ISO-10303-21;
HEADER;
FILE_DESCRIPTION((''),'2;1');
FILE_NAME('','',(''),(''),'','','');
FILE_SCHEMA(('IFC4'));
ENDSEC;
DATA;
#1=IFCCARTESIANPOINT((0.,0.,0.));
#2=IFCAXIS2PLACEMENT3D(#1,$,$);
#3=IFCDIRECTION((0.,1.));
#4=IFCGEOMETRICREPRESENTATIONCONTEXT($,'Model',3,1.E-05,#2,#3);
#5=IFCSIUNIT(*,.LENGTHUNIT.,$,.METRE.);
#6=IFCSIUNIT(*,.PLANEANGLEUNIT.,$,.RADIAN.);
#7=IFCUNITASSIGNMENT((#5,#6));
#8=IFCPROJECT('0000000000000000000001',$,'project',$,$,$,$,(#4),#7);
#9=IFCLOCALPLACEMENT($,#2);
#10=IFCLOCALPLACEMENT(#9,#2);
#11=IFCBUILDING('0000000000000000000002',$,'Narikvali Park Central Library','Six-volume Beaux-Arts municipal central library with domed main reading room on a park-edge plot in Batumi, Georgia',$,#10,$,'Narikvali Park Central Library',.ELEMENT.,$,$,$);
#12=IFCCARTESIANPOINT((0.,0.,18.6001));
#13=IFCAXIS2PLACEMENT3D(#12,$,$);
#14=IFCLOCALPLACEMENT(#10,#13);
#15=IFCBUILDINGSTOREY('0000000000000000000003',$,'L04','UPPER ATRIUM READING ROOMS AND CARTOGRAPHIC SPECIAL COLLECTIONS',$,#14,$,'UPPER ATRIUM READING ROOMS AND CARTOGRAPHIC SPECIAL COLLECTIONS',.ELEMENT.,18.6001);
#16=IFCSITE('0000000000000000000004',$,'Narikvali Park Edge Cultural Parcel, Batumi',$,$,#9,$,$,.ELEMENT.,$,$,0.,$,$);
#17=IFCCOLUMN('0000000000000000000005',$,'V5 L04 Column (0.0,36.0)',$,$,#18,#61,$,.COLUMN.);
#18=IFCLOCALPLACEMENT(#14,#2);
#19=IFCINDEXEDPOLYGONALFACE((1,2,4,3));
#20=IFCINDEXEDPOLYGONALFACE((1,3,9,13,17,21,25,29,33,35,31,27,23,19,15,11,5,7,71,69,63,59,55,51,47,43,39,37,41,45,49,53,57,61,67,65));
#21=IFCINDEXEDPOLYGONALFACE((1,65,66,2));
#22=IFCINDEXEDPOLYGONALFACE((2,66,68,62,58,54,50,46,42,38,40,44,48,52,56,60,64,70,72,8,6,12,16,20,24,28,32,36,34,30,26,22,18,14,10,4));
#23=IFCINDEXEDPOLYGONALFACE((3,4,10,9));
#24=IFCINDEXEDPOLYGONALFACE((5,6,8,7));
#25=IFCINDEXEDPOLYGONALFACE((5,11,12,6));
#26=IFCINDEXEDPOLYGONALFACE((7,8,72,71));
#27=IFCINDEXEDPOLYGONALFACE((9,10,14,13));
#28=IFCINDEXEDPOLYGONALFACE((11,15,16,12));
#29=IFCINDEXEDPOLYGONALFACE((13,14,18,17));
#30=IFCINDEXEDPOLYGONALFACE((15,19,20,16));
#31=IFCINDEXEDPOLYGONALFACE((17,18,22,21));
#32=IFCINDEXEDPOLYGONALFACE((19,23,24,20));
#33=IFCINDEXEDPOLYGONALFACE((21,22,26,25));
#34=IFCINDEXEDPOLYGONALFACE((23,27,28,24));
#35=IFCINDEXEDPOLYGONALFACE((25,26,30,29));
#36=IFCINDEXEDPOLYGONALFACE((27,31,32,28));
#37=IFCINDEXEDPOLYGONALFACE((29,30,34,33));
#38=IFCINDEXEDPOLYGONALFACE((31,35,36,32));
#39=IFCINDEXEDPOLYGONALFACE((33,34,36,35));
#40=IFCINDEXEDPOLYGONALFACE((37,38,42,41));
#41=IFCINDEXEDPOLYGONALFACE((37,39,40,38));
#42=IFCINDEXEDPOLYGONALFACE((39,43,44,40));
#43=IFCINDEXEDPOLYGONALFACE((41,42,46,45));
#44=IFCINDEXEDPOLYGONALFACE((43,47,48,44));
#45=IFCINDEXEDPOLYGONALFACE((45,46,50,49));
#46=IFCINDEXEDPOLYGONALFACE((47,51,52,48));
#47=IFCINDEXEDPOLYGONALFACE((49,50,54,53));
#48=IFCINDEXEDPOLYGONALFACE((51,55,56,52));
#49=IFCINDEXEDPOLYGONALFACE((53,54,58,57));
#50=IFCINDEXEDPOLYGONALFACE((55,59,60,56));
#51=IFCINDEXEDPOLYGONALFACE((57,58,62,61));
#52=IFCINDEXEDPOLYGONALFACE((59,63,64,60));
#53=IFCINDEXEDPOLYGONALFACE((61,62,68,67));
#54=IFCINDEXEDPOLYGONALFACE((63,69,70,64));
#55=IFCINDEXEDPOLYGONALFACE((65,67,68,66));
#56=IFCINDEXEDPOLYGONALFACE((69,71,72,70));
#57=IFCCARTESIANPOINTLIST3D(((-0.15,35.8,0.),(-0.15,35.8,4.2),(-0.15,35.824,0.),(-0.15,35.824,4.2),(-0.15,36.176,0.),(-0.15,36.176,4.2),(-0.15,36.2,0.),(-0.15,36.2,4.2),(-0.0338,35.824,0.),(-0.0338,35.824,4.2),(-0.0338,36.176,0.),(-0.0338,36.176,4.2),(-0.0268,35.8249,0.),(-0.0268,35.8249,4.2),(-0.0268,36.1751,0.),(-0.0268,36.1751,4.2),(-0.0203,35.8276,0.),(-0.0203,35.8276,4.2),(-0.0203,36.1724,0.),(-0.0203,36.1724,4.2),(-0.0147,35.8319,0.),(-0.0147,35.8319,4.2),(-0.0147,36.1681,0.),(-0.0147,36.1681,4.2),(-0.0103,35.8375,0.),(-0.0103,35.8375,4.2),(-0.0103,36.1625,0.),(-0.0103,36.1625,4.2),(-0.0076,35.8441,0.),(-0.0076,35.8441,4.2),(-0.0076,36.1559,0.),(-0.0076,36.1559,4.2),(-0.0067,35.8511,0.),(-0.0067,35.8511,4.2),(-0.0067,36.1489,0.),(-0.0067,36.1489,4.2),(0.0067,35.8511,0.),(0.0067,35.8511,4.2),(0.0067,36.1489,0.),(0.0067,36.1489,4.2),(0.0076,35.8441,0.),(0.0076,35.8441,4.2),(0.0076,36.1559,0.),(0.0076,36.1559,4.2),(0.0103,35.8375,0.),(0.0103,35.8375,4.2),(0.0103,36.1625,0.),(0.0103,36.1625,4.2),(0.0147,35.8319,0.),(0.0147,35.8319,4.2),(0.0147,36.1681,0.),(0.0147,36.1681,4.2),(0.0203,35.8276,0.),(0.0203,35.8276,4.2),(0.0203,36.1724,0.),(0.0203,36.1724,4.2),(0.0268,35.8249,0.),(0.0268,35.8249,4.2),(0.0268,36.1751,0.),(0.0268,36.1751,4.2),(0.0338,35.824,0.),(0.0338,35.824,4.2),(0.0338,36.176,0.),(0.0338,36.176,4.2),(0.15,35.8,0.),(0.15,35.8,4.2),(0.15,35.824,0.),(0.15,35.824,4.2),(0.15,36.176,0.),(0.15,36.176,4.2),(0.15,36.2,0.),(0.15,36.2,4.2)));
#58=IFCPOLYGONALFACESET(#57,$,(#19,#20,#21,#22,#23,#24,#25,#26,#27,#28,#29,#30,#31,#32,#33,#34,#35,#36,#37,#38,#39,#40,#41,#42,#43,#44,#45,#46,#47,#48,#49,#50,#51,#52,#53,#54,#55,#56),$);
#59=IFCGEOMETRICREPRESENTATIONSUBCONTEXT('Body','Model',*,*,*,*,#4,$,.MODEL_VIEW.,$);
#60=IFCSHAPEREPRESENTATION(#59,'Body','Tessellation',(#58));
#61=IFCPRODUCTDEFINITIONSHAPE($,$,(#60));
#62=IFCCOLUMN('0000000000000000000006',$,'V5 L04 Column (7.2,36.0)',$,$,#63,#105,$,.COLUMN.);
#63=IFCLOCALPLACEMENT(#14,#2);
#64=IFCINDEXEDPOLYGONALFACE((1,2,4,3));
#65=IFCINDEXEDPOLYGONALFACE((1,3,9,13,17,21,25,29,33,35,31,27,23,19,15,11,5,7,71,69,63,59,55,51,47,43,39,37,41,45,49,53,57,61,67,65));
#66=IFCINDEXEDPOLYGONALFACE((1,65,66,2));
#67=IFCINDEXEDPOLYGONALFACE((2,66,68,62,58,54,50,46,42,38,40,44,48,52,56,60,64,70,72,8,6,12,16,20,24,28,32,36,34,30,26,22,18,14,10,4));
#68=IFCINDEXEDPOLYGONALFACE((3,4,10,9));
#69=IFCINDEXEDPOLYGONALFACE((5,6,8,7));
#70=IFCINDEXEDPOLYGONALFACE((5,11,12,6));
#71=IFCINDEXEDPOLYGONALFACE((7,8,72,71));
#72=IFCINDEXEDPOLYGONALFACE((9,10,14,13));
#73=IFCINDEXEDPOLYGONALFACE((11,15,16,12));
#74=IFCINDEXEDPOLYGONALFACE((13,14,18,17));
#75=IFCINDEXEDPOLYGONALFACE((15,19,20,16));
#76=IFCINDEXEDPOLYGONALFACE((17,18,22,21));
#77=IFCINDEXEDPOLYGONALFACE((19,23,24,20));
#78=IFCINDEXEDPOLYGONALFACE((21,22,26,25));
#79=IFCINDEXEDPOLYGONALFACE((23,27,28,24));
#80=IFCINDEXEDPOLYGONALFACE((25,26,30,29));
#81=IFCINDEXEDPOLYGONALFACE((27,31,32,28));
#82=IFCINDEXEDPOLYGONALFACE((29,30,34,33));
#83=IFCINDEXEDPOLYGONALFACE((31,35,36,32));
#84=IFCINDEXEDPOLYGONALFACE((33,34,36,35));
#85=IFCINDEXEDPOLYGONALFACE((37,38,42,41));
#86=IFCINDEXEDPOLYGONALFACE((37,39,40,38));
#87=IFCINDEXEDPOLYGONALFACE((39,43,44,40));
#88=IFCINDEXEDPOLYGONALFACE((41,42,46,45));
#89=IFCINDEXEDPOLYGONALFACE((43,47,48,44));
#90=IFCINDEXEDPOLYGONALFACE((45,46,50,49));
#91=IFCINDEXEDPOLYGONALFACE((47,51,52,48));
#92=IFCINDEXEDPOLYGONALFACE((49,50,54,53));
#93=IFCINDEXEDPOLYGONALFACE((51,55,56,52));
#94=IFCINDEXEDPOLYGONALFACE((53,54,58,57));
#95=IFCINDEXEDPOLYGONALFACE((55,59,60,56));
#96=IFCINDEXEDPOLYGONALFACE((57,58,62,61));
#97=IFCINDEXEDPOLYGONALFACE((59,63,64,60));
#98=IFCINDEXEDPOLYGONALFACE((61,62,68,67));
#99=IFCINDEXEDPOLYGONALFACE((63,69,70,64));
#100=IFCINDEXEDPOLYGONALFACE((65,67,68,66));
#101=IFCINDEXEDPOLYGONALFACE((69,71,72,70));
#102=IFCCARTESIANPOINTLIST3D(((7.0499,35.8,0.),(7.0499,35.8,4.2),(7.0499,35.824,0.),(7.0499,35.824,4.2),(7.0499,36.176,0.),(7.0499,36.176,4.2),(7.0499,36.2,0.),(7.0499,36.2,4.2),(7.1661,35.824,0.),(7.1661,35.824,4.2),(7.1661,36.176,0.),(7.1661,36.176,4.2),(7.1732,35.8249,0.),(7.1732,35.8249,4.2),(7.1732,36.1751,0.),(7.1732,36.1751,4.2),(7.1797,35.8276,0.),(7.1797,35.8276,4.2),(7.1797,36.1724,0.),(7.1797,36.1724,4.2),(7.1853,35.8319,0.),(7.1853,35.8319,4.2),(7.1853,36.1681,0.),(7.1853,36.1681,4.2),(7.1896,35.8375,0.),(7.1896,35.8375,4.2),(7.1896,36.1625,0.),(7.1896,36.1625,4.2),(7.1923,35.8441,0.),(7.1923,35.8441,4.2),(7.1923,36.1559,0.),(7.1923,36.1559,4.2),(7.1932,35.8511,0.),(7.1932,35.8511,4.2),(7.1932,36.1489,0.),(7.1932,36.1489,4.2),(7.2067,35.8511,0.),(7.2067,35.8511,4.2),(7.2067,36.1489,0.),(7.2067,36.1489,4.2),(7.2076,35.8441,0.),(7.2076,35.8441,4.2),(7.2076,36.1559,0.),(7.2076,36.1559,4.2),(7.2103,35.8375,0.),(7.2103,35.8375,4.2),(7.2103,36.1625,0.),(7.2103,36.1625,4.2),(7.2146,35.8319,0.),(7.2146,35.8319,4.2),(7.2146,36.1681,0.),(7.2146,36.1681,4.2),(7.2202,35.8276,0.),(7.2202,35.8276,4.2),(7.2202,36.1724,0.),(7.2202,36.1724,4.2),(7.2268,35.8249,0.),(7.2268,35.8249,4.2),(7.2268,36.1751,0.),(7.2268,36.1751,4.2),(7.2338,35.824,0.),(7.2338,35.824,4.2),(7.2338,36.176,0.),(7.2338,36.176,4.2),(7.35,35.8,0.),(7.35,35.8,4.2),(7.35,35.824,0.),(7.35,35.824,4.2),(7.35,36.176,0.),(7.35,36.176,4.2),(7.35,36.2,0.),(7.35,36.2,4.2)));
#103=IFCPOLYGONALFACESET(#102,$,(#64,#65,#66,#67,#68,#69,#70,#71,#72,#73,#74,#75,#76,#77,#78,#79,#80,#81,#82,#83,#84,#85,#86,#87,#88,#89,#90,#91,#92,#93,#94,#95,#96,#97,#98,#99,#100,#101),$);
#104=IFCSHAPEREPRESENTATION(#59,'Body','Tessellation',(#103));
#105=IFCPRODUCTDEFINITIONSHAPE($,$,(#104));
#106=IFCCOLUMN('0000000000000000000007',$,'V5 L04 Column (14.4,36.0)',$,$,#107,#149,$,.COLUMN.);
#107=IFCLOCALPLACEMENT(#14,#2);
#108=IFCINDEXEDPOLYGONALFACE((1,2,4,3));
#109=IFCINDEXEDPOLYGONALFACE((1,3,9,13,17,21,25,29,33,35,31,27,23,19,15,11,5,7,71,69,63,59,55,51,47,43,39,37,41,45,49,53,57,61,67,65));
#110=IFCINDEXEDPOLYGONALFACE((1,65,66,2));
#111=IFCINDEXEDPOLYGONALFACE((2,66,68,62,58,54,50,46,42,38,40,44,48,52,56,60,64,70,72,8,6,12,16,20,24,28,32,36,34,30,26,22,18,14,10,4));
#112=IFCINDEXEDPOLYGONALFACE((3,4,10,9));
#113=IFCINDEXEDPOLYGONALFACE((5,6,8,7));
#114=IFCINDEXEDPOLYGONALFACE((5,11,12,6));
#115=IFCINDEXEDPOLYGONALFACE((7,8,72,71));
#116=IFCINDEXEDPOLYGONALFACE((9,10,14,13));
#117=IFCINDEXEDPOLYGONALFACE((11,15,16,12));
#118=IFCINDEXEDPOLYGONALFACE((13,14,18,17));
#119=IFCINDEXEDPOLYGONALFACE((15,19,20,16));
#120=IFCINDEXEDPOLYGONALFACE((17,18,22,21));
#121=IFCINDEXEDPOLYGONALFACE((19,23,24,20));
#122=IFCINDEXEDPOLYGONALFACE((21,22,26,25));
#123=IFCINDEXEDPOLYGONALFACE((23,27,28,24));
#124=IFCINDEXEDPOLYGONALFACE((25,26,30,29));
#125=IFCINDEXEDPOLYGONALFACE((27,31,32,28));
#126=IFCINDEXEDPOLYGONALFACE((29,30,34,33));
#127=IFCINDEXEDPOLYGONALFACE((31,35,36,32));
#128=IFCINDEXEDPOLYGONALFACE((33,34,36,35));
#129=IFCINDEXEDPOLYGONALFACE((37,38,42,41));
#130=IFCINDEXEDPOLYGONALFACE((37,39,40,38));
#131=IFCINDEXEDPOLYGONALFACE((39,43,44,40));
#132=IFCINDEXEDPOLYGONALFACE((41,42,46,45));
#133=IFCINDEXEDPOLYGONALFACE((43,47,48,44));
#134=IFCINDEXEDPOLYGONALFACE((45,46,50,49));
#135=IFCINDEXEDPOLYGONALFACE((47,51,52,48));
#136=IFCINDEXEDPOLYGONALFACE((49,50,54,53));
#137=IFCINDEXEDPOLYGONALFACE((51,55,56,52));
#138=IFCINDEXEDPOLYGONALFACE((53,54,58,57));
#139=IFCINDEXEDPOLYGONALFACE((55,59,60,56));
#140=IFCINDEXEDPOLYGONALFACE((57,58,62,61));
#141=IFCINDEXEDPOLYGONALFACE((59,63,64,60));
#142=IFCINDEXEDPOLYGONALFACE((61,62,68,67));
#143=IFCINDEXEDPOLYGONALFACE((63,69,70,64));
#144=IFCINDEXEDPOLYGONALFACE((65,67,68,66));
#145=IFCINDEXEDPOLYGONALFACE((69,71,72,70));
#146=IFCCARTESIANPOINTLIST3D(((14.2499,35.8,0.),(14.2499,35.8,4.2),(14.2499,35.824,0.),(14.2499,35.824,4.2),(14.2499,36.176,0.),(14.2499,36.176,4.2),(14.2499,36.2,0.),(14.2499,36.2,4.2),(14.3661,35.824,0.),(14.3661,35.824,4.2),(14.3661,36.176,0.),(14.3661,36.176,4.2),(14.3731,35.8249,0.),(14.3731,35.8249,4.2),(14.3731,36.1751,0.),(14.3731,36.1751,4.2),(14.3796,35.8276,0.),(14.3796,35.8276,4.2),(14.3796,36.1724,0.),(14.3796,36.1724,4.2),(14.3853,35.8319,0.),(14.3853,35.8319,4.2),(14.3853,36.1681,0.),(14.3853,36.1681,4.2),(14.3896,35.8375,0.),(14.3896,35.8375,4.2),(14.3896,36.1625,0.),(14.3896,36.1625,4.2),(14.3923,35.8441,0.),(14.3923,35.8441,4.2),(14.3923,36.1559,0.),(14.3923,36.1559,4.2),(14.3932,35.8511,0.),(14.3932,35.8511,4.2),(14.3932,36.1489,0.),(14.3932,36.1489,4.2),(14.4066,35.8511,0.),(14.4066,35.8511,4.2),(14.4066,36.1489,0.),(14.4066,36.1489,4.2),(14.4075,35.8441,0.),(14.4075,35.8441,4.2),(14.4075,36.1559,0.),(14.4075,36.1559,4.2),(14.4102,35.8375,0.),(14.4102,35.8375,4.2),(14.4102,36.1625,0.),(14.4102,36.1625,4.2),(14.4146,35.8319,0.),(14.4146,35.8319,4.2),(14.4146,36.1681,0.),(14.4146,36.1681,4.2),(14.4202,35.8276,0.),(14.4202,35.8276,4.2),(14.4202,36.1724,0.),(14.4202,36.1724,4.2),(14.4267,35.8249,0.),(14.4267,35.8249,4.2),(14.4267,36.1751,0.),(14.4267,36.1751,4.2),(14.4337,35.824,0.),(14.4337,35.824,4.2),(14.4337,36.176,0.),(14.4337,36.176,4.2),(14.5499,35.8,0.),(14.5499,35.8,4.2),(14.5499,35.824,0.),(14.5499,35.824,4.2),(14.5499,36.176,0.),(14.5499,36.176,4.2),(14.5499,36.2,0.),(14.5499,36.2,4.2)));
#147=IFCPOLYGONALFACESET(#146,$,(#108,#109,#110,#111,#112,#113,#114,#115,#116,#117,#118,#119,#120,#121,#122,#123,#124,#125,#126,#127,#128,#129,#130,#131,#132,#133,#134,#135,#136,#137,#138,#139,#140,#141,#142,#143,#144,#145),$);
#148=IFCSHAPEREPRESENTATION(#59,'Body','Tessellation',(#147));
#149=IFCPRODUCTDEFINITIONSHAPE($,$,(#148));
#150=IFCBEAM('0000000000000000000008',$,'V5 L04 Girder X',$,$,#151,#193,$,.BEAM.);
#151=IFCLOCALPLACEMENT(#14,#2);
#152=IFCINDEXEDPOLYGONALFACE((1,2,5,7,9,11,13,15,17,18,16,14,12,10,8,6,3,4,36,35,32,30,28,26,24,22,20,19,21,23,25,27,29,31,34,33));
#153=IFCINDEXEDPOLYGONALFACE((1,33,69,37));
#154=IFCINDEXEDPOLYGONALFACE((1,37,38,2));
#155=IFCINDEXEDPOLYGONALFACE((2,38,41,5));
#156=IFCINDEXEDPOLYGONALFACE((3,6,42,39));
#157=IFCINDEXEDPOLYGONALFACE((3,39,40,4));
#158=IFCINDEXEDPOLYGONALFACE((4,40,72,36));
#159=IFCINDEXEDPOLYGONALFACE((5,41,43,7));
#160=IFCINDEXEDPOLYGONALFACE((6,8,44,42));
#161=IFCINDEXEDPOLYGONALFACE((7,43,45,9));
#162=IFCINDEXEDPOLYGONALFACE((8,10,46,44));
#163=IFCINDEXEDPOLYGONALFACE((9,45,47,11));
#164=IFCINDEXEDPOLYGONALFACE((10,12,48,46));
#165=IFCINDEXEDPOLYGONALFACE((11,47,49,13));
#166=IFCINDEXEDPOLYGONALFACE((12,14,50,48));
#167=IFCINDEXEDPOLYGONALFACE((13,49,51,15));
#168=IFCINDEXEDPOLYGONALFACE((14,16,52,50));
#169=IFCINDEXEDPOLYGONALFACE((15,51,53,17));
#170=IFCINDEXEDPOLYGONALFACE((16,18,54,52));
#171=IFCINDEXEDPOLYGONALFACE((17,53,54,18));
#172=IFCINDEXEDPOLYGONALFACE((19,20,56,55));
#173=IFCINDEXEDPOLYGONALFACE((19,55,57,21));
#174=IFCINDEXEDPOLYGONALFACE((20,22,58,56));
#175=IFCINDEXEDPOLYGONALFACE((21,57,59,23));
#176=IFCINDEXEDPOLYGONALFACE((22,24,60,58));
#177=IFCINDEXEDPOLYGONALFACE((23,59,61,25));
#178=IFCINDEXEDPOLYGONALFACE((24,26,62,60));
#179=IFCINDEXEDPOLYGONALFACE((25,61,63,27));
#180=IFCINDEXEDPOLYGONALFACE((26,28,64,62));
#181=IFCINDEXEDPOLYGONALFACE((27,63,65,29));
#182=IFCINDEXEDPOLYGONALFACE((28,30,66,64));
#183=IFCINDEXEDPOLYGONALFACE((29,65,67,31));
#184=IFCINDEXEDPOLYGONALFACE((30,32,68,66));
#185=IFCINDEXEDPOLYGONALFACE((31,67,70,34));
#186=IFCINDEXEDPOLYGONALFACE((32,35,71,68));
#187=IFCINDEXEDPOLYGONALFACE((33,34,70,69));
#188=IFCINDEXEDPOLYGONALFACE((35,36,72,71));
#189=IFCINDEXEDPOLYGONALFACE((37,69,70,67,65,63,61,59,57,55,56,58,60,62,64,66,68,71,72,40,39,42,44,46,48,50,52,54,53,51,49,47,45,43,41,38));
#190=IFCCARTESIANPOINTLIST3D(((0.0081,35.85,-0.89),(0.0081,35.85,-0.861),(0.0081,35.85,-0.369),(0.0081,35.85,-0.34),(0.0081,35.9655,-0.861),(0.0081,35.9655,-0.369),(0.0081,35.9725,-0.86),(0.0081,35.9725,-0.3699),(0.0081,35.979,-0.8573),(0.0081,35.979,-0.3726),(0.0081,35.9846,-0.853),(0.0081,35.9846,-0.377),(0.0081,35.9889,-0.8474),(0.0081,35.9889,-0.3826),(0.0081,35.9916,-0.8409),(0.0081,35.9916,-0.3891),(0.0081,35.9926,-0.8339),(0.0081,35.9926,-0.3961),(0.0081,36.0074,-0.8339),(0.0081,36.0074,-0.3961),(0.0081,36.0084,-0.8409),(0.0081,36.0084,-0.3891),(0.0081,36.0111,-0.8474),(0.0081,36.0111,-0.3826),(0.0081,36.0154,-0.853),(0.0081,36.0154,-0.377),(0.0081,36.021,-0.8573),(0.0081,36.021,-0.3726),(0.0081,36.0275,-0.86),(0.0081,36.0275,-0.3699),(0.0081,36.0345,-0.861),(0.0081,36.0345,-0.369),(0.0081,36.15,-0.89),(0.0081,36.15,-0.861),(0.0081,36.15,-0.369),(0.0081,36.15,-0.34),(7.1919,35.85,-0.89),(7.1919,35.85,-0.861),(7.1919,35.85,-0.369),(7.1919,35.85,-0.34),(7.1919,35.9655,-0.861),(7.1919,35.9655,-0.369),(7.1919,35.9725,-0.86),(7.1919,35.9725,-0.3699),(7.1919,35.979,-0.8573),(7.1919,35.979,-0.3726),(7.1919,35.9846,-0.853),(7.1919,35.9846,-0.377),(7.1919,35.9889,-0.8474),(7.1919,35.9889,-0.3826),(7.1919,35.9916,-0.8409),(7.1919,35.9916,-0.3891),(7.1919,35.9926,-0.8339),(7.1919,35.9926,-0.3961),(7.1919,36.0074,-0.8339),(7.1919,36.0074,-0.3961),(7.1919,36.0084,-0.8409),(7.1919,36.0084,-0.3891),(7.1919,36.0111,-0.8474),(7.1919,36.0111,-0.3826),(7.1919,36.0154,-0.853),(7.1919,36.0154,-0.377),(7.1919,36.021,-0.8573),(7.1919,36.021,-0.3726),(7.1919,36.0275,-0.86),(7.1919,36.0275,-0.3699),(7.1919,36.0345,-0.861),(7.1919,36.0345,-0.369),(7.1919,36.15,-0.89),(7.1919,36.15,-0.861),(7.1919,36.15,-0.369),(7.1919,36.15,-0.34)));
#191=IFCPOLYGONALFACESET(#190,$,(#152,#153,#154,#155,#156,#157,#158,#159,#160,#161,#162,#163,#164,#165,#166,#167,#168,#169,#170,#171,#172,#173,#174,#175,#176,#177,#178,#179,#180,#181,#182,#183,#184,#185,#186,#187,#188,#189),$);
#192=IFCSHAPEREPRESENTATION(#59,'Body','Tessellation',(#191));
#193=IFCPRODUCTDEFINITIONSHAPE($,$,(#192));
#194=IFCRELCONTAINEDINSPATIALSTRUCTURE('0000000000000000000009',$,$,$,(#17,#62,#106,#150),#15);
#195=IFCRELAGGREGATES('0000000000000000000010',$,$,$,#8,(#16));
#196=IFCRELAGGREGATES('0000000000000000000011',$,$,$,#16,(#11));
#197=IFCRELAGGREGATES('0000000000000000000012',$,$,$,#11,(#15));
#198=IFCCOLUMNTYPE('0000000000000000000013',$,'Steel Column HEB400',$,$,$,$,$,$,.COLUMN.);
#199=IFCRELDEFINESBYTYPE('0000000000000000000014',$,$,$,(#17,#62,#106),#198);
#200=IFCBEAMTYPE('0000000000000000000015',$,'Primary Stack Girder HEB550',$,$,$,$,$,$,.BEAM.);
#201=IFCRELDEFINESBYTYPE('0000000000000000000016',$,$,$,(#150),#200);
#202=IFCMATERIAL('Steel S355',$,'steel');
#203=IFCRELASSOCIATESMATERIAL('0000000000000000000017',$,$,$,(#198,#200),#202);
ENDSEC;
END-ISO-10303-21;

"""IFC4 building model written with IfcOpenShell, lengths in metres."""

from ifc_helpers import new_model, si_unit, direction, frame, origin, origin_2d, place, context, subcontext, project, spatial, i_section, extrude, material, material_profile, profile_set, type_object, element, save


model = new_model("IFC4")

# Units and contexts
model_context = context("Model", 3, precision=1e-05, world=origin(), true_north=direction((0.0, 1.0)))
body_context = subcontext(model_context, "Body", "Model", "MODEL_VIEW")
ifc_project = project(units=[si_unit("LENGTHUNIT", "METRE"), si_unit("PLANEANGLEUNIT", "RADIAN")], contexts=[model_context])

# Site, building, storey
site_placement = place(None, origin())
site = spatial("IfcSite", under=ifc_project, at=site_placement, Name="Narikvali Park Edge Cultural Parcel, Batumi", CompositionType="ELEMENT", RefElevation=0.0)
building_placement = place(site_placement, origin())
building = spatial("IfcBuilding", under=site, at=building_placement, Name="Narikvali Park Central Library", Description="Six-volume Beaux-Arts municipal central library with domed main reading room on a park-edge plot in Batumi, Georgia", LongName="Narikvali Park Central Library", CompositionType="ELEMENT")
storey_placement = place(building_placement, frame((0.0, 0.0, 18.6001)))
storey = spatial("IfcBuildingStorey", under=building, at=storey_placement, Name="L04", Description="UPPER ATRIUM READING ROOMS AND CARTOGRAPHIC SPECIAL COLLECTIONS", LongName="UPPER ATRIUM READING ROOMS AND CARTOGRAPHIC SPECIAL COLLECTIONS", CompositionType="ELEMENT", Elevation=18.6001)

# Columns
ifc_material_1 = material(Name="Steel S355", Category="steel")
ifc_material_profile_1 = material_profile(ifc_material_1, i_section(OverallWidth=0.3, OverallDepth=0.3999, WebThickness=0.0134, FlangeThickness=0.0239, FilletRadius=0.0271, at=origin_2d()), Name="HEB 400")
ifc_profile_set_1 = profile_set([ifc_material_profile_1], Name="Steel S355")
column_type = type_object("IfcColumnType", Name="Steel Column HEB400", PredefinedType="COLUMN", material=ifc_profile_set_1)
for number, where, z_axis, x_axis, name in (
    (1, (0.0, 36.0, 0.0), (0.0, 0.0, 1.0), (1.0, 0.0, 0.0), "V5 L04 Column (0.0,36.0)"),
    (2, (7.2, 36.0, 0.0), (0.0, 0.0, 1.0), (1.0, 0.0, 0.0), "V5 L04 Column (7.2,36.0)"),
    (3, (14.3999, 36.0, 0.0), (0.0, 0.0, 1.0), (1.0, 0.0, 0.0), "V5 L04 Column (14.4,36.0)"),
):
    element("IfcColumn", number, at=place(storey_placement, frame(where, z_axis=z_axis, x_axis=x_axis)), inside=storey, type_object=column_type, Name=name, PredefinedType="COLUMN", context=body_context, shape_type="SweptSolid", body=[
        extrude(i_section(OverallWidth=0.3, OverallDepth=0.3999, WebThickness=0.0134, FlangeThickness=0.0239, FilletRadius=0.0271, at=origin_2d()), origin(), (0.0, 0.0, 1.0), 4.2),
    ])

# Beam
ifc_material_profile_2 = material_profile(ifc_material_1, i_section(OverallWidth=0.3, OverallDepth=0.55, WebThickness=0.0149, FlangeThickness=0.0291, FilletRadius=0.0271, at=origin_2d()), Name="HEB 550")
ifc_profile_set_2 = profile_set([ifc_material_profile_2], Name="Steel S355")
beam_type = type_object("IfcBeamType", Name="Primary Stack Girder HEB550", PredefinedType="BEAM", material=ifc_profile_set_2)
beam_1_placement = place(storey_placement, frame((0.0081, 36.0, -0.615), z_axis=(1.0, 0.0, 0.0), x_axis=(0.0, 1.0, 0.0)))
element("IfcBeam", 4, at=beam_1_placement, inside=storey, type_object=beam_type, Name="V5 L04 Girder X", PredefinedType="BEAM", context=body_context, shape_type="SweptSolid", body=[
    extrude(i_section(OverallWidth=0.3, OverallDepth=0.55, WebThickness=0.0149, FlangeThickness=0.0291, FilletRadius=0.0271, at=origin_2d()), origin(), (0.0, 0.0, 1.0), 7.1838),
])

save(model, "model.ifc")
